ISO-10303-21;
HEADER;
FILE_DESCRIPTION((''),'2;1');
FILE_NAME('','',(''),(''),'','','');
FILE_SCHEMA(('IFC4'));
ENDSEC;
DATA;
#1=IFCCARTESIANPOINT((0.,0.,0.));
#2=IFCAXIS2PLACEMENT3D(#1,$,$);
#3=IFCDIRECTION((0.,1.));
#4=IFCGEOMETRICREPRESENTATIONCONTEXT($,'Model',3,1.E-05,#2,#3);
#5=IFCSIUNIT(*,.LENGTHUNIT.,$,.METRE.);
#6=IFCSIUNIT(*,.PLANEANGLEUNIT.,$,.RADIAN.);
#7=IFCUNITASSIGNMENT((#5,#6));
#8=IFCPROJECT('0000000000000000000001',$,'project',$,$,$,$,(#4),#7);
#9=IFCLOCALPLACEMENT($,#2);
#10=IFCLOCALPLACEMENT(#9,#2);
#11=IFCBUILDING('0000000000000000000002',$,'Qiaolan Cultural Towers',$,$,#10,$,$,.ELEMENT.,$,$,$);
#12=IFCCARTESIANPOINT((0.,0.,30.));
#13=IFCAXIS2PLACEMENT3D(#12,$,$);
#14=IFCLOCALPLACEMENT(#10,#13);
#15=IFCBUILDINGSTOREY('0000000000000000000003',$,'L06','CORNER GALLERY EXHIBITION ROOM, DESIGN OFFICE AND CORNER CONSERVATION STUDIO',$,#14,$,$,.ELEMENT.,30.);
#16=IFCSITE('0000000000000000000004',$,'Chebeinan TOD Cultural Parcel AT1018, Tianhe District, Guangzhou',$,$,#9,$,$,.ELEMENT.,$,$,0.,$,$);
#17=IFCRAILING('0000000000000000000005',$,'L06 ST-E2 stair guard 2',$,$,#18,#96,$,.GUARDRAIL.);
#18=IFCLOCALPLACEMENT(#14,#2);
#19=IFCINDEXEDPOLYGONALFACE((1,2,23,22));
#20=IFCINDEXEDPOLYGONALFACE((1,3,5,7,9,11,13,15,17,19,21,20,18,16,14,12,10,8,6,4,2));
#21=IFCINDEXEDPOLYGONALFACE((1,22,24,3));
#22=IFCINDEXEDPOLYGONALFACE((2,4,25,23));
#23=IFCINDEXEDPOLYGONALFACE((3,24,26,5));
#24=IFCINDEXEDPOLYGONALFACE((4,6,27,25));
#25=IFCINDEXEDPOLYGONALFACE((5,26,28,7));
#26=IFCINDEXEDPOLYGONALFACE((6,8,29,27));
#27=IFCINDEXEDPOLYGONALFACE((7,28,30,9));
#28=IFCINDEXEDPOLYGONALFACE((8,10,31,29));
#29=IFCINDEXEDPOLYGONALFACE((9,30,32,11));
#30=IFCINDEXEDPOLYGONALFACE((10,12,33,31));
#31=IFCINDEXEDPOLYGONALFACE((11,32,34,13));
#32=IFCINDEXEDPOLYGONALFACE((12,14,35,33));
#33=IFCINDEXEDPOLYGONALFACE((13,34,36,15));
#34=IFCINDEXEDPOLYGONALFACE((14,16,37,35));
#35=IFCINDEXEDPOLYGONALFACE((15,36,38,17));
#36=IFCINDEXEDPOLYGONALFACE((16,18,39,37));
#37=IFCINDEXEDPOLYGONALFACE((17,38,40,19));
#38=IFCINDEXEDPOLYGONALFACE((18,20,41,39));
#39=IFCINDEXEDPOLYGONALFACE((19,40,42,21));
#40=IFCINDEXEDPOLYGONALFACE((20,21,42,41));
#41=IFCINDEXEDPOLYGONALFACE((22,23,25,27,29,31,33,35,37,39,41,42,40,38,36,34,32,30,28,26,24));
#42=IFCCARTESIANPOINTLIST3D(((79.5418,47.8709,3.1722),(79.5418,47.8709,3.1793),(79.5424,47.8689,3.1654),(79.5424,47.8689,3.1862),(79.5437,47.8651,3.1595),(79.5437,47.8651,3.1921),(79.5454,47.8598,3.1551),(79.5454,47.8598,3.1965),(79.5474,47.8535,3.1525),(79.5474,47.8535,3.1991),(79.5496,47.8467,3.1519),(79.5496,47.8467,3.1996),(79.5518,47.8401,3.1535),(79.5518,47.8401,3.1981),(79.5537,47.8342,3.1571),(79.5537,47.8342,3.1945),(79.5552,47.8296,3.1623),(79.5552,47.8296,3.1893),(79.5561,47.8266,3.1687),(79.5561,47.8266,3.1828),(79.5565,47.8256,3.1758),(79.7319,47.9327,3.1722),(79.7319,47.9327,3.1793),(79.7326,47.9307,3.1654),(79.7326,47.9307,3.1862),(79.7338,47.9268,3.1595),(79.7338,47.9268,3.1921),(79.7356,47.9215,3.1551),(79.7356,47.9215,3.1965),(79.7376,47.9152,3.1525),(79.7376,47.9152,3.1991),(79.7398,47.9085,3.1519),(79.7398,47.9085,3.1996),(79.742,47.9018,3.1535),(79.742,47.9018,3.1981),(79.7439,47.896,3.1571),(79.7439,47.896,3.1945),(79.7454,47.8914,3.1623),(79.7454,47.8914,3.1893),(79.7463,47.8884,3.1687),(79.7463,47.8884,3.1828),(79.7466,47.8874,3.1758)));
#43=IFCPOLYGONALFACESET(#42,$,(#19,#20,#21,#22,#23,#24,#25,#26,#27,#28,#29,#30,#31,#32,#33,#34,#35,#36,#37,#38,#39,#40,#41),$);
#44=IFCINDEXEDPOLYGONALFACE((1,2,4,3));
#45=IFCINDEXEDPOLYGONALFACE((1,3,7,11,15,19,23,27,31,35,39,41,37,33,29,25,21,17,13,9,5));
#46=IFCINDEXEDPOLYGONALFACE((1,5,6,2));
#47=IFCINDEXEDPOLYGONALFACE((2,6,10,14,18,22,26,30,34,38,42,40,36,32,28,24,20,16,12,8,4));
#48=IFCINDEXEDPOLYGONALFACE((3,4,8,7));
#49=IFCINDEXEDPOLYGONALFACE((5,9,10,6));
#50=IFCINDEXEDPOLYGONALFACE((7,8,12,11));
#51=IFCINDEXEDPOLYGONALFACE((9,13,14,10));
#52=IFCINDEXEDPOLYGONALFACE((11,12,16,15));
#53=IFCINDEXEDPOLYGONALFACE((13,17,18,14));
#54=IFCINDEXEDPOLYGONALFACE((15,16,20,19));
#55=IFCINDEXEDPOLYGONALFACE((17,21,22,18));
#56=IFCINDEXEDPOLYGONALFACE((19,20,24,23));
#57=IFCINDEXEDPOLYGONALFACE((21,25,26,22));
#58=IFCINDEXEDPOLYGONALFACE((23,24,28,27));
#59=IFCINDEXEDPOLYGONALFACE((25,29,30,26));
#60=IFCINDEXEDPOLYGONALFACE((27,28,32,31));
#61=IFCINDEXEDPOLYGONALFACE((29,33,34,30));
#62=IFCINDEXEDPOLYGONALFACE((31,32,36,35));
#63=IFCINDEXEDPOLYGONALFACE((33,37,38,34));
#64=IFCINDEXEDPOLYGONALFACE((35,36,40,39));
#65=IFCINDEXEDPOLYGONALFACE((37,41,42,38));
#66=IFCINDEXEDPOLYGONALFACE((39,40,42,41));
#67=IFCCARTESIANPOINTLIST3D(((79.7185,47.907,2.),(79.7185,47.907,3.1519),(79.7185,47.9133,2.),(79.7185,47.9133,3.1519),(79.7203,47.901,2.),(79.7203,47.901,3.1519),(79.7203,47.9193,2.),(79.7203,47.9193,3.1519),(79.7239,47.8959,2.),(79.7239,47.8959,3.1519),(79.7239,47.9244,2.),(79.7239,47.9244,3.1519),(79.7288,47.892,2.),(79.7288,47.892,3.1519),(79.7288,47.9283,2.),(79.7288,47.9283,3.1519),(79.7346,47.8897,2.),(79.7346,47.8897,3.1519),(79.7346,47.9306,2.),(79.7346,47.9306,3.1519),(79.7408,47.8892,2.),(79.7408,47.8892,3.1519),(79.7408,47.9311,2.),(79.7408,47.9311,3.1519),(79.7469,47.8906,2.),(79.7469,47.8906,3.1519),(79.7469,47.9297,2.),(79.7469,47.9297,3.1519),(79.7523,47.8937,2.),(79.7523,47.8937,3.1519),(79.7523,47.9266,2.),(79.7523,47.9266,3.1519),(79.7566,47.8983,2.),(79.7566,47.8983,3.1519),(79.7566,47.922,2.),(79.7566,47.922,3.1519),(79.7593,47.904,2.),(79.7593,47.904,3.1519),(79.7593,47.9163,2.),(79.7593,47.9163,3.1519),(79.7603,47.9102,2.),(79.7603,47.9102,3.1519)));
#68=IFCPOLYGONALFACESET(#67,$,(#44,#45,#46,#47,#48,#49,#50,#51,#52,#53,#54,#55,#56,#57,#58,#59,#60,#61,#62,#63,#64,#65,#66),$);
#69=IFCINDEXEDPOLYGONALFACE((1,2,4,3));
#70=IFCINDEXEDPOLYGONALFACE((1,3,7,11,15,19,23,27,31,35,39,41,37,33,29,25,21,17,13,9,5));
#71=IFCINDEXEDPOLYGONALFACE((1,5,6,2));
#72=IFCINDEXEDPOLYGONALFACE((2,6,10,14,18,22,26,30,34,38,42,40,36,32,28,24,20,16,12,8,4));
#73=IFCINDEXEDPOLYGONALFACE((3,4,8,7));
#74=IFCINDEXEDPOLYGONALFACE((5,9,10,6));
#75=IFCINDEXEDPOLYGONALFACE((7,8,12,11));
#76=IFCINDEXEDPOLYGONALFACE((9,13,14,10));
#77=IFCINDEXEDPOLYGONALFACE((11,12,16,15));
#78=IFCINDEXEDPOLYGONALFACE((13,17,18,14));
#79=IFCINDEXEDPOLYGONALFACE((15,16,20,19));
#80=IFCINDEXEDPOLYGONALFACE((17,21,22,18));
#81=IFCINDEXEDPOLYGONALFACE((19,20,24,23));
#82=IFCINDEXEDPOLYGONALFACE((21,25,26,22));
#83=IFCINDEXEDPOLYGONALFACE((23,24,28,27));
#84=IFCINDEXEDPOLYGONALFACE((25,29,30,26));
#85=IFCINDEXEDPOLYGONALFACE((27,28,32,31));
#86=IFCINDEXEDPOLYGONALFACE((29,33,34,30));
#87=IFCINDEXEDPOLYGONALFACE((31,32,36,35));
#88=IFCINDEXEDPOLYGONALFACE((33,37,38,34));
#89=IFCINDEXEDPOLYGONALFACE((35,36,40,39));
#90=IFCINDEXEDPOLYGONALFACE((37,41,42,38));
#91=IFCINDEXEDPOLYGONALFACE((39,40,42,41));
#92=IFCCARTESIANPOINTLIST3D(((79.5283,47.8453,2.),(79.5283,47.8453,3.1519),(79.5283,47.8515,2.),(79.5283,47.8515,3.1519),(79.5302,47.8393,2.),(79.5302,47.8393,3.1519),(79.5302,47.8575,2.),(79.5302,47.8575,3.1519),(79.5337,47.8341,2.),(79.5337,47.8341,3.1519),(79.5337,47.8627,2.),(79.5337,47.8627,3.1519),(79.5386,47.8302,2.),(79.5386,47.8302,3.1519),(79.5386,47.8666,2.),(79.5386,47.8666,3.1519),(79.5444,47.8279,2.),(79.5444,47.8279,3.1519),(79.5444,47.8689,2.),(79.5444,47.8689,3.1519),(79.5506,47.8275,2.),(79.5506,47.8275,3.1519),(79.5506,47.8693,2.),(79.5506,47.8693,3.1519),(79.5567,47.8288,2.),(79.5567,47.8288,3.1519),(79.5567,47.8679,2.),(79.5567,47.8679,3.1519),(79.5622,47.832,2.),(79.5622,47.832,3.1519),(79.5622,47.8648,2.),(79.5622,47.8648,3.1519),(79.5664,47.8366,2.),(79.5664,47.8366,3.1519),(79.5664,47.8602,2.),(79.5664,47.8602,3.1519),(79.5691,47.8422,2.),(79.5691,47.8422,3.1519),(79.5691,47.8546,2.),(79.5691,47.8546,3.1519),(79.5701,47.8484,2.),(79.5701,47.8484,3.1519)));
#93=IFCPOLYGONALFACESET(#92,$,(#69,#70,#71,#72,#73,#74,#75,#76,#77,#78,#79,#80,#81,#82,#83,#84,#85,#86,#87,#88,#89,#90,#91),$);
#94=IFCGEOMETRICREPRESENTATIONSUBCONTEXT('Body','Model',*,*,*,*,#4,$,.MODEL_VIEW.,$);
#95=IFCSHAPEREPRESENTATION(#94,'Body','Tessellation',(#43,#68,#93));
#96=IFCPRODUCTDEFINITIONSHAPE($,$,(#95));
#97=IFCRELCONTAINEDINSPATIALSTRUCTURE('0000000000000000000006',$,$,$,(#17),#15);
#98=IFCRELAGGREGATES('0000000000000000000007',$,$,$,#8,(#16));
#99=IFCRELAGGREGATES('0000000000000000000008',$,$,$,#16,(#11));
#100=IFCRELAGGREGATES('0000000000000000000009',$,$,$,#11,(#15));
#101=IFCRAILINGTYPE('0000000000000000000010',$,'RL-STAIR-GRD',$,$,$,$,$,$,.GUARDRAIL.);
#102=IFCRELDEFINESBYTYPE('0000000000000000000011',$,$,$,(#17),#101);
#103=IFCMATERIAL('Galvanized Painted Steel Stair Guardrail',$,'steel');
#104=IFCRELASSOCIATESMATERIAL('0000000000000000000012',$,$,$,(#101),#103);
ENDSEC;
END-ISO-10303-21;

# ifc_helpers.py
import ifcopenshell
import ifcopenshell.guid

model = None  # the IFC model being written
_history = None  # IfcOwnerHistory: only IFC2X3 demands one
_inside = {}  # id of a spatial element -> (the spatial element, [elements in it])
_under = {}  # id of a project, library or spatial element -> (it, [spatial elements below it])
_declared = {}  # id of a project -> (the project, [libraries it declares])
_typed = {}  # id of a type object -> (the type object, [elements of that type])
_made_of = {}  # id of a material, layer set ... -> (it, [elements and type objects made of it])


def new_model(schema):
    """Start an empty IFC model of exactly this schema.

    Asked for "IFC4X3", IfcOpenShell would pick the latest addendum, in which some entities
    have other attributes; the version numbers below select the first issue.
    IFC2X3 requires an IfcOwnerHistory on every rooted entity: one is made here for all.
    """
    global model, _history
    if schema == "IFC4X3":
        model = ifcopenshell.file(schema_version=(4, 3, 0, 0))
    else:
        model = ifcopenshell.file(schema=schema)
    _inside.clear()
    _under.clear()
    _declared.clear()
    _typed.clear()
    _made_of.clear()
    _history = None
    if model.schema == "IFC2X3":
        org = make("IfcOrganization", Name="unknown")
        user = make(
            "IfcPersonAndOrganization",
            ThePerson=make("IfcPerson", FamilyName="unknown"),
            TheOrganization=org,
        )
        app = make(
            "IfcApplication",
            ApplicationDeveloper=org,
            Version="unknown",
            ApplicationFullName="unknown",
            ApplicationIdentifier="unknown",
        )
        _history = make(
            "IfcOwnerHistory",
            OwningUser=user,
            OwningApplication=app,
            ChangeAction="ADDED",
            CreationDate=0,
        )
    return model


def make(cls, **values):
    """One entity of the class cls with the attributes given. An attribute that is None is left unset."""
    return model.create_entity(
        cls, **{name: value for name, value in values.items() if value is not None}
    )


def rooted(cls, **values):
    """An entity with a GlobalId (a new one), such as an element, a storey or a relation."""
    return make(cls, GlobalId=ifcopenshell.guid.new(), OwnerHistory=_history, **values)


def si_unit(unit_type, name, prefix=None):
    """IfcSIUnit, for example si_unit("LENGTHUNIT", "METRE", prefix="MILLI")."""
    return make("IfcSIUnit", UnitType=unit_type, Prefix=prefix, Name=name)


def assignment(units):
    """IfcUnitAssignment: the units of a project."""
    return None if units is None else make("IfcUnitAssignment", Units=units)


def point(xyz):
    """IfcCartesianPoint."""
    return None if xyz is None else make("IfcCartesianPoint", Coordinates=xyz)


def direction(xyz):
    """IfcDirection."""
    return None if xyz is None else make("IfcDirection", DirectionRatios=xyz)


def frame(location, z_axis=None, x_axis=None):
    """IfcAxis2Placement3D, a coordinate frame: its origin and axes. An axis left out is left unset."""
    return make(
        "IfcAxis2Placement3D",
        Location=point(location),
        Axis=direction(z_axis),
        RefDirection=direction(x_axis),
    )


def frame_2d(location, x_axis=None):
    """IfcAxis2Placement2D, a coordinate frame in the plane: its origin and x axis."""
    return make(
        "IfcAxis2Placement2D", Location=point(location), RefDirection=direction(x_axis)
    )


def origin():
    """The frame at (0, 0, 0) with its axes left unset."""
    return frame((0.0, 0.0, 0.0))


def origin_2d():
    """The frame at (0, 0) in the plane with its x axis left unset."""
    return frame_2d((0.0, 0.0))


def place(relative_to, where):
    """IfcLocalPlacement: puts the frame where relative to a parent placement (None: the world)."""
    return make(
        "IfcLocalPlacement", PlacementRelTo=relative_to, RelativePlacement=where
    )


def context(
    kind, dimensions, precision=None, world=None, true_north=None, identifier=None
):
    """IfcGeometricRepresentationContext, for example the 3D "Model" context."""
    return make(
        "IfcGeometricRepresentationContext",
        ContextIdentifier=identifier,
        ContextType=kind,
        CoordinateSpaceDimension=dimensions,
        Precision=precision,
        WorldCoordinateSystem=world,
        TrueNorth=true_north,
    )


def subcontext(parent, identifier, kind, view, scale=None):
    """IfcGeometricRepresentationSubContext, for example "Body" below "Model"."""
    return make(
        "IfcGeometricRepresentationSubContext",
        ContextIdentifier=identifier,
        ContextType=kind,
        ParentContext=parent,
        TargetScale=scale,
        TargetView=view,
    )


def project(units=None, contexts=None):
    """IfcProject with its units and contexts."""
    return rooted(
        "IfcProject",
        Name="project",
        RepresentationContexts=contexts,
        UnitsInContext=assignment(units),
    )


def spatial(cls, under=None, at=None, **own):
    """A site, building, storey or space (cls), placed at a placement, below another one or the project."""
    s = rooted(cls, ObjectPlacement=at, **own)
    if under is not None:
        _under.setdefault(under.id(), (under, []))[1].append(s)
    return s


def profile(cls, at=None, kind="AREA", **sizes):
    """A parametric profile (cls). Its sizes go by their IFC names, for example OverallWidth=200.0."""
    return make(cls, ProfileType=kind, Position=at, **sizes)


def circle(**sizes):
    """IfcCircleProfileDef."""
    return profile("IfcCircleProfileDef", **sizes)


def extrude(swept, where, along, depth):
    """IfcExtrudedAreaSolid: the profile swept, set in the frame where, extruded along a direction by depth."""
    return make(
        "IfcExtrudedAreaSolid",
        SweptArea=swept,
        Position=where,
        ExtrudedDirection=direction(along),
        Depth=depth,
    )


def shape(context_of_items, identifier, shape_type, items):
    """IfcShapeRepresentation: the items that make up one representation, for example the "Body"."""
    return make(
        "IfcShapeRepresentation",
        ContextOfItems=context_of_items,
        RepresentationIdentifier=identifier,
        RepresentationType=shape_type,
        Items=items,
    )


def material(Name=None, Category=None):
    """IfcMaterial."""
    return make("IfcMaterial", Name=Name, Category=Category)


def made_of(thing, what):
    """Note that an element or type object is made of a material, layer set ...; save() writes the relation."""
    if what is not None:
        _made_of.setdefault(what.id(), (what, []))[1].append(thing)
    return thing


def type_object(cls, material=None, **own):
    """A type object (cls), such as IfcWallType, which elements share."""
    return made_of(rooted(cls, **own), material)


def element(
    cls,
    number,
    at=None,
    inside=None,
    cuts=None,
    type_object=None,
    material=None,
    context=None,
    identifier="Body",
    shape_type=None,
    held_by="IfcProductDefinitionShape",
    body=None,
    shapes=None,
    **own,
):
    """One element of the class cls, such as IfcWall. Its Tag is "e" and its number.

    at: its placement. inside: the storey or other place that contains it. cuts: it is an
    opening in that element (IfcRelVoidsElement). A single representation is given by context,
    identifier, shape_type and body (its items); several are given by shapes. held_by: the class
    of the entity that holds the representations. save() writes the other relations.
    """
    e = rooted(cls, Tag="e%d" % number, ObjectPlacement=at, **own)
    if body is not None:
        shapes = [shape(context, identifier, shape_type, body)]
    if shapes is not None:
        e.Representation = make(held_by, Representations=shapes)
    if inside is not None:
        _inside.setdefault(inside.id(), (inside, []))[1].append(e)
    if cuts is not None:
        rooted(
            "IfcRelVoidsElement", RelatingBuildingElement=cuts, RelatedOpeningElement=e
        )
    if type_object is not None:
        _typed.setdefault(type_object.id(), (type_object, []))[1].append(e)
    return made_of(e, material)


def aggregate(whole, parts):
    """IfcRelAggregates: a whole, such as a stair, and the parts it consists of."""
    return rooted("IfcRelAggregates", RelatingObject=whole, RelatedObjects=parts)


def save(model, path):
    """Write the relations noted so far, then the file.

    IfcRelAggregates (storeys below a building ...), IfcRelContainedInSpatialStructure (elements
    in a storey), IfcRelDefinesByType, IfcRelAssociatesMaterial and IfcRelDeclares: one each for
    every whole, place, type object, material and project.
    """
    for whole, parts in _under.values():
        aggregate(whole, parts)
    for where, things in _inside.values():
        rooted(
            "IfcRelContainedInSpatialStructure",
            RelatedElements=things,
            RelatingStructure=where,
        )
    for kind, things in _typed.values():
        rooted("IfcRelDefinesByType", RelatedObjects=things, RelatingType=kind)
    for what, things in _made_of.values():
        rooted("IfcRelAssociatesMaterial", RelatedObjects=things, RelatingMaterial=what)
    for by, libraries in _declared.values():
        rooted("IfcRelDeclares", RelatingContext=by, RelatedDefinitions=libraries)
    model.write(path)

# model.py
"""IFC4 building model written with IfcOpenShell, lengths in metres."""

from ifc_helpers import new_model, si_unit, direction, frame, origin, origin_2d, place, context, subcontext, project, spatial, circle, extrude, material, type_object, element, save


model = new_model("IFC4")

# Units and contexts
model_context = context("Model", 3, precision=1e-05, world=origin(), true_north=direction((0.0, 1.0)))
body_context = subcontext(model_context, "Body", "Model", "MODEL_VIEW")
ifc_project = project(units=[si_unit("LENGTHUNIT", "METRE"), si_unit("PLANEANGLEUNIT", "RADIAN")], contexts=[model_context])

# Site, building, storey
site_placement = place(None, origin())
site = spatial("IfcSite", under=ifc_project, at=site_placement, Name="Chebeinan TOD Cultural Parcel AT1018, Tianhe District, Guangzhou", CompositionType="ELEMENT", RefElevation=0.0)
building_placement = place(site_placement, origin())
building = spatial("IfcBuilding", under=site, at=building_placement, Name="Qiaolan Cultural Towers", CompositionType="ELEMENT")
storey_placement = place(building_placement, frame((0.0, 0.0, 30.0)))
storey = spatial("IfcBuildingStorey", under=building, at=storey_placement, Name="L06", Description="CORNER GALLERY EXHIBITION ROOM, DESIGN OFFICE AND CORNER CONSERVATION STUDIO", CompositionType="ELEMENT", Elevation=30.0)

# Railing
ifc_material_1 = material(Name="Galvanized Painted Steel Stair Guardrail", Category="steel")
railing_type_1 = type_object("IfcRailingType", Name="RL-STAIR-GRD", PredefinedType="GUARDRAIL", material=ifc_material_1)
railing_1_placement = place(storey_placement, frame((79.7393, 47.9102, 2.0)))
element("IfcRailing", 1, at=railing_1_placement, inside=storey, type_object=railing_type_1, Name="L06 ST-E2 stair guard 2", PredefinedType="GUARDRAIL", context=body_context, shape_type="SweptSolid", body=[
    extrude(circle(Radius=0.0239, at=origin_2d()), frame((0.0, 0.0, 1.1758), z_axis=(-0.951097, -0.308893, 0.0), x_axis=(0.308893, -0.951097, 0.0)), (0.0, 0.0, 1.0), 0.2),
    extrude(circle(Radius=0.021, at=origin_2d()), origin(), (0.0, 0.0, 1.0), 1.1519),
    extrude(circle(Radius=0.021, at=origin_2d()), frame((-0.1902, -0.0618, 0.0)), (0.0, 0.0, 1.0), 1.1519),
])

save(model, "model.ifc")
